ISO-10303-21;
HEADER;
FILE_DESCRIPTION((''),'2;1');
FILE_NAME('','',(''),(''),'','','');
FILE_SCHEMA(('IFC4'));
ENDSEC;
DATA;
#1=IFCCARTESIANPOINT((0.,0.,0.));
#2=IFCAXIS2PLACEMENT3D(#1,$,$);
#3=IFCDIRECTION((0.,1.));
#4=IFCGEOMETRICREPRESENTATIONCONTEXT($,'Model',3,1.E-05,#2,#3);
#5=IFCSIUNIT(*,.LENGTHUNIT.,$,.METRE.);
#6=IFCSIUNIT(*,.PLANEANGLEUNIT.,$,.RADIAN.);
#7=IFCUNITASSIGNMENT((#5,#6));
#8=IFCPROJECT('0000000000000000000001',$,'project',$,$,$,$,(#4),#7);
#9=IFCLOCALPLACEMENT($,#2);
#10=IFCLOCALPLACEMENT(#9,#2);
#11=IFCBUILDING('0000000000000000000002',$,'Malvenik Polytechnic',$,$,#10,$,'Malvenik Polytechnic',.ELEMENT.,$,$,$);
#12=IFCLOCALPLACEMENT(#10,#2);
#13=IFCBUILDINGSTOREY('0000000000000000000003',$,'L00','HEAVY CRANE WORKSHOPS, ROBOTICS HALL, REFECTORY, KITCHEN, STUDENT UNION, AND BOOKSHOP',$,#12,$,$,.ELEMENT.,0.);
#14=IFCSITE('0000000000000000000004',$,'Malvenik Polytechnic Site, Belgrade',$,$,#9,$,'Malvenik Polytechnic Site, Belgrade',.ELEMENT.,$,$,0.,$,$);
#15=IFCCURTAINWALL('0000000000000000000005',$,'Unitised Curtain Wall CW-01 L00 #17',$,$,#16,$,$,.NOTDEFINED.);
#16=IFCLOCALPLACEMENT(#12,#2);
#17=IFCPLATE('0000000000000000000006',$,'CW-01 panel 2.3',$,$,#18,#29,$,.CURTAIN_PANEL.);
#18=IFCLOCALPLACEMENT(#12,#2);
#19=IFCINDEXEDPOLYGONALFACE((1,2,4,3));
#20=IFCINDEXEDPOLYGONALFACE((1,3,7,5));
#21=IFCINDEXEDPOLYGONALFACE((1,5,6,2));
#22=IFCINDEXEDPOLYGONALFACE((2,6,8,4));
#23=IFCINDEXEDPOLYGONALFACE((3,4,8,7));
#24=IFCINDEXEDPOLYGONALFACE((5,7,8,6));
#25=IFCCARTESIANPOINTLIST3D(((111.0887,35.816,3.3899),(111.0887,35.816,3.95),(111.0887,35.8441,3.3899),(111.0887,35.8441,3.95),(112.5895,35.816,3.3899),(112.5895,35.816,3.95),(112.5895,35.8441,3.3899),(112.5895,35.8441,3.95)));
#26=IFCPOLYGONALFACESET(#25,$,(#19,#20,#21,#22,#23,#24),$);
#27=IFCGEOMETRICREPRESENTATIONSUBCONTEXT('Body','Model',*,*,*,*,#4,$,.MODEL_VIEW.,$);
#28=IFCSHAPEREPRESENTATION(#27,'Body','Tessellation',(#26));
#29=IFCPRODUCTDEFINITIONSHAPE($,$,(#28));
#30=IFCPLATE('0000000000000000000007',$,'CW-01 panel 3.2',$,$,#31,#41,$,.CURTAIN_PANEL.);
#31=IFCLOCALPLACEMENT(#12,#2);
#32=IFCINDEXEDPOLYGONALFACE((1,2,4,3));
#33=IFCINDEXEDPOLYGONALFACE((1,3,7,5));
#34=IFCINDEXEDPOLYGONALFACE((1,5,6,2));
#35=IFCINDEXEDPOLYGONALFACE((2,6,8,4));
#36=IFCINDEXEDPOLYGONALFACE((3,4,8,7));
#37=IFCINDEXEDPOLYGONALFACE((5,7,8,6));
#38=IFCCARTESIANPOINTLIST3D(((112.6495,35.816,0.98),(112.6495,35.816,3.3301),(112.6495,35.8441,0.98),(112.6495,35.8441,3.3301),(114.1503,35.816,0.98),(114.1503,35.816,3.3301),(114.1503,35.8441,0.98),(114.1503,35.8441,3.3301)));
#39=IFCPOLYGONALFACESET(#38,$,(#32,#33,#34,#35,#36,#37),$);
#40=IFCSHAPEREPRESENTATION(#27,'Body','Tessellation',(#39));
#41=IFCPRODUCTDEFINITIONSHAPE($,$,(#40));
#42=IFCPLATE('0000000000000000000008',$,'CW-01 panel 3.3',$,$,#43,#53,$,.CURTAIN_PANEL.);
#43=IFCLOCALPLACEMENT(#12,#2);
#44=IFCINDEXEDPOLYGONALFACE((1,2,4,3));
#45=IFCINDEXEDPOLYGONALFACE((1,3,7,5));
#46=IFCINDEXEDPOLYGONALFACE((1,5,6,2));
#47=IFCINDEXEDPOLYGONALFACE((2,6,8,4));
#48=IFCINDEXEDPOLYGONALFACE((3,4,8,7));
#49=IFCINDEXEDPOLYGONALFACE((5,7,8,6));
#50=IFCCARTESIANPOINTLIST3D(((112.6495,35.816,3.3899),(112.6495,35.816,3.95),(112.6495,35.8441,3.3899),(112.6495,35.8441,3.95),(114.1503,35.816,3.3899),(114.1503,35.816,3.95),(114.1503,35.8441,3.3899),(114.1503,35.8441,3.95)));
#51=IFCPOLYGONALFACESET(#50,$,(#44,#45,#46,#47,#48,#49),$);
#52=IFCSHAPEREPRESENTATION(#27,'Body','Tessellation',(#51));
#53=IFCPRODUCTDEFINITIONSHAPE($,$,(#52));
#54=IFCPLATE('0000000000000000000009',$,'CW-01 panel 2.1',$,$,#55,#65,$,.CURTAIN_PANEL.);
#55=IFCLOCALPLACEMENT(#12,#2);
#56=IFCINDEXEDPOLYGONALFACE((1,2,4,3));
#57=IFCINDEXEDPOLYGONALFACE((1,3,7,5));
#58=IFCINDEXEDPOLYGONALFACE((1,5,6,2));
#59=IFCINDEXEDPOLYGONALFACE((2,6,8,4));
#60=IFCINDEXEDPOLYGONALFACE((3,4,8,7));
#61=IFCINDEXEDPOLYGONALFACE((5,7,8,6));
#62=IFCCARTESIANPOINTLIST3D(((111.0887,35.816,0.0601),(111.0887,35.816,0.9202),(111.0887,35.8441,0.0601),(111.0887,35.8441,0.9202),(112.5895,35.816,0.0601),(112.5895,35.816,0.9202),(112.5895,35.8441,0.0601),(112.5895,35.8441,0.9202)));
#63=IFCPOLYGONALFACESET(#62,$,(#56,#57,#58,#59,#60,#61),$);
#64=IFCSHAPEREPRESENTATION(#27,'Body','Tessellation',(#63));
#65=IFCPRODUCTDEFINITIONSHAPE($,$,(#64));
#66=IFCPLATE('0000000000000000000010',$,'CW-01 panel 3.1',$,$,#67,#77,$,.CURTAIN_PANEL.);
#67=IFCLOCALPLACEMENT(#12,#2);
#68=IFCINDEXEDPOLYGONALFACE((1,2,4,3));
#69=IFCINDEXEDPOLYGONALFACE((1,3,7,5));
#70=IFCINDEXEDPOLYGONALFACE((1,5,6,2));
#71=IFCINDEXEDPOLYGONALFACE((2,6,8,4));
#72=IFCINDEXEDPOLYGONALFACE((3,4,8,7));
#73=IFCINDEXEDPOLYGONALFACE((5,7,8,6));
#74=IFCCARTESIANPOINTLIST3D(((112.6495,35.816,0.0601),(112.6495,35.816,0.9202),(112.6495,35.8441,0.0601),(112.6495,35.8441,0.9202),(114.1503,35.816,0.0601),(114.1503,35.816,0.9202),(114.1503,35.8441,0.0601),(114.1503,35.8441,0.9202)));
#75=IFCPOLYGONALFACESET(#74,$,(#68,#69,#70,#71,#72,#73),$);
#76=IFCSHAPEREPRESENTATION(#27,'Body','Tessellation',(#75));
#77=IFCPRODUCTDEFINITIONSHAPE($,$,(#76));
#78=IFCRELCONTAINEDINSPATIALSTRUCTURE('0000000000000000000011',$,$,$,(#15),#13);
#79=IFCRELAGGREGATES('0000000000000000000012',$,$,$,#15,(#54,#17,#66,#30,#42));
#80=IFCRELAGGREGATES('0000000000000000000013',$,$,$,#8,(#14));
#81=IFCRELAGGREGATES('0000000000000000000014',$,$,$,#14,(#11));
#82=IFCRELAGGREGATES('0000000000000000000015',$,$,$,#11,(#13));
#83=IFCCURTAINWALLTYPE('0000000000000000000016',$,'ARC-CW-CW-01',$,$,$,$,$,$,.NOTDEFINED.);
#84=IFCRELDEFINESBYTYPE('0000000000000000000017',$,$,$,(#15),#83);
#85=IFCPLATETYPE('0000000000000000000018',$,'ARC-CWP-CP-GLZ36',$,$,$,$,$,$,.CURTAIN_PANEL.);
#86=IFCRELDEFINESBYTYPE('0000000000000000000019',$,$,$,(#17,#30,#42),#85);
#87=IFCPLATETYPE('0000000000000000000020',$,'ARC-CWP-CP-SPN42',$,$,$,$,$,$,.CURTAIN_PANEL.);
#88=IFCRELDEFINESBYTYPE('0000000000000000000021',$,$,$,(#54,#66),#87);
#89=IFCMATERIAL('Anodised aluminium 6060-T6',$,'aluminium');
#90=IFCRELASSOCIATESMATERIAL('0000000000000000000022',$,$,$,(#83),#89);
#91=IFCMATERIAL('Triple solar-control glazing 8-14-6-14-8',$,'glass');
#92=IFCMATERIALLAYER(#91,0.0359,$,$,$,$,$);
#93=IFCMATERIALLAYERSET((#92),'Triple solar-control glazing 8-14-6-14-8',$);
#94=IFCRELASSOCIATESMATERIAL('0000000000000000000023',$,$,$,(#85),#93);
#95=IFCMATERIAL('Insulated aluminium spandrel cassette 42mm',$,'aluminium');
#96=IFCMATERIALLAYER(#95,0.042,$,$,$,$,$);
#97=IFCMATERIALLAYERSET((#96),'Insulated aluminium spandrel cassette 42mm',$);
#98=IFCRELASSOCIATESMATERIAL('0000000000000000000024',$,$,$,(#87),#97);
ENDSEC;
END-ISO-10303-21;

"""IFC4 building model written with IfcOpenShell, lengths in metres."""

from ifc_helpers import new_model, si_unit, direction, frame, origin, origin_2d, place, context, subcontext, project, spatial, rectangle, extrude, material, layer, layer_set, type_object, element, aggregate, save


model = new_model("IFC4")

# Units and contexts
model_context = context("Model", 3, precision=1e-05, world=origin(), true_north=direction((0.0, 1.0)))
body_context = subcontext(model_context, "Body", "Model", "MODEL_VIEW")
ifc_project = project(units=[si_unit("LENGTHUNIT", "METRE"), si_unit("PLANEANGLEUNIT", "RADIAN")], contexts=[model_context])

# Site, building, storey
site_placement = place(None, origin())
site = spatial("IfcSite", under=ifc_project, at=site_placement, Name="Malvenik Polytechnic Site, Belgrade", LongName="Malvenik Polytechnic Site, Belgrade", CompositionType="ELEMENT", RefElevation=0.0)
building_placement = place(site_placement, origin())
building = spatial("IfcBuilding", under=site, at=building_placement, Name="Malvenik Polytechnic", LongName="Malvenik Polytechnic", CompositionType="ELEMENT")
storey_placement = place(building_placement, origin())
storey = spatial("IfcBuildingStorey", under=building, at=storey_placement, Name="L00", Description="HEAVY CRANE WORKSHOPS, ROBOTICS HALL, REFECTORY, KITCHEN, STUDENT UNION, AND BOOKSHOP", CompositionType="ELEMENT", Elevation=0.0)

# Curtain wall
ifc_material_1 = material(Name="Anodised aluminium 6060-T6", Category="aluminium")
curtain_wall_type = type_object("IfcCurtainWallType", Name="ARC-CW-CW-01", PredefinedType="NOTDEFINED", material=ifc_material_1)
curtain_wall_placement = place(storey_placement, origin())
curtain_wall = element("IfcCurtainWall", 1, at=curtain_wall_placement, inside=storey, type_object=curtain_wall_type, Name="Unitised Curtain Wall CW-01 L00 #17", PredefinedType="NOTDEFINED")

# Plates
ifc_material_2 = material(Name="Triple solar-control glazing 8-14-6-14-8", Category="glass")
ifc_layer_1 = layer(ifc_material_2, 0.0359)
ifc_layer_set_1 = layer_set([ifc_layer_1], Name="Triple solar-control glazing 8-14-6-14-8")
plate_type_1 = type_object("IfcPlateType", Name="ARC-CWP-CP-GLZ36", PredefinedType="CURTAIN_PANEL", material=ifc_layer_set_1)
plate_1_placement = place(storey_placement, frame((111.8391, 35.8301, 3.3899), z_axis=(0.0, 0.0, 1.0), x_axis=(1.0, 0.0, 0.0)))
plate_1 = element("IfcPlate", 2, at=plate_1_placement, type_object=plate_type_1, Name="CW-01 panel 2.3", PredefinedType="CURTAIN_PANEL", context=body_context, shape_type="SweptSolid", body=[
    extrude(rectangle(XDim=1.5007, YDim=0.0281, at=origin_2d()), origin(), (0.0, 0.0, 1.0), 0.5601),
])
plate_2_placement = place(storey_placement, frame((113.3999, 35.8301, 0.98), z_axis=(0.0, 0.0, 1.0), x_axis=(1.0, 0.0, 0.0)))
plate_2 = element("IfcPlate", 3, at=plate_2_placement, type_object=plate_type_1, Name="CW-01 panel 3.2", PredefinedType="CURTAIN_PANEL", context=body_context, shape_type="SweptSolid", body=[
    extrude(rectangle(XDim=1.5007, YDim=0.0281, at=origin_2d()), origin(), (0.0, 0.0, 1.0), 2.3501),
])
plate_3_placement = place(storey_placement, frame((113.3999, 35.8301, 3.3899), z_axis=(0.0, 0.0, 1.0), x_axis=(1.0, 0.0, 0.0)))
plate_3 = element("IfcPlate", 4, at=plate_3_placement, type_object=plate_type_1, Name="CW-01 panel 3.3", PredefinedType="CURTAIN_PANEL", context=body_context, shape_type="SweptSolid", body=[
    extrude(rectangle(XDim=1.5007, YDim=0.0281, at=origin_2d()), origin(), (0.0, 0.0, 1.0), 0.5601),
])
ifc_material_3 = material(Name="Insulated aluminium spandrel cassette 42mm", Category="aluminium")
ifc_layer_2 = layer(ifc_material_3, 0.042)
ifc_layer_set_2 = layer_set([ifc_layer_2], Name="Insulated aluminium spandrel cassette 42mm")
plate_type_2 = type_object("IfcPlateType", Name="ARC-CWP-CP-SPN42", PredefinedType="CURTAIN_PANEL", material=ifc_layer_set_2)
plate_4_placement = place(storey_placement, frame((111.8391, 35.8301, 0.0601), z_axis=(0.0, 0.0, 1.0), x_axis=(1.0, 0.0, 0.0)))
plate_4 = element("IfcPlate", 5, at=plate_4_placement, type_object=plate_type_2, Name="CW-01 panel 2.1", PredefinedType="CURTAIN_PANEL", context=body_context, shape_type="SweptSolid", body=[
    extrude(rectangle(XDim=1.5007, YDim=0.0281, at=origin_2d()), origin(), (0.0, 0.0, 1.0), 0.8601),
])
plate_5_placement = place(storey_placement, frame((113.3999, 35.8301, 0.0601), z_axis=(0.0, 0.0, 1.0), x_axis=(1.0, 0.0, 0.0)))
plate_5 = element("IfcPlate", 6, at=plate_5_placement, type_object=plate_type_2, Name="CW-01 panel 3.1", PredefinedType="CURTAIN_PANEL", context=body_context, shape_type="SweptSolid", body=[
    extrude(rectangle(XDim=1.5007, YDim=0.0281, at=origin_2d()), origin(), (0.0, 0.0, 1.0), 0.8601),
])
aggregate(curtain_wall, [plate_4, plate_1, plate_5, plate_2, plate_3])

save(model, "model.ifc")
